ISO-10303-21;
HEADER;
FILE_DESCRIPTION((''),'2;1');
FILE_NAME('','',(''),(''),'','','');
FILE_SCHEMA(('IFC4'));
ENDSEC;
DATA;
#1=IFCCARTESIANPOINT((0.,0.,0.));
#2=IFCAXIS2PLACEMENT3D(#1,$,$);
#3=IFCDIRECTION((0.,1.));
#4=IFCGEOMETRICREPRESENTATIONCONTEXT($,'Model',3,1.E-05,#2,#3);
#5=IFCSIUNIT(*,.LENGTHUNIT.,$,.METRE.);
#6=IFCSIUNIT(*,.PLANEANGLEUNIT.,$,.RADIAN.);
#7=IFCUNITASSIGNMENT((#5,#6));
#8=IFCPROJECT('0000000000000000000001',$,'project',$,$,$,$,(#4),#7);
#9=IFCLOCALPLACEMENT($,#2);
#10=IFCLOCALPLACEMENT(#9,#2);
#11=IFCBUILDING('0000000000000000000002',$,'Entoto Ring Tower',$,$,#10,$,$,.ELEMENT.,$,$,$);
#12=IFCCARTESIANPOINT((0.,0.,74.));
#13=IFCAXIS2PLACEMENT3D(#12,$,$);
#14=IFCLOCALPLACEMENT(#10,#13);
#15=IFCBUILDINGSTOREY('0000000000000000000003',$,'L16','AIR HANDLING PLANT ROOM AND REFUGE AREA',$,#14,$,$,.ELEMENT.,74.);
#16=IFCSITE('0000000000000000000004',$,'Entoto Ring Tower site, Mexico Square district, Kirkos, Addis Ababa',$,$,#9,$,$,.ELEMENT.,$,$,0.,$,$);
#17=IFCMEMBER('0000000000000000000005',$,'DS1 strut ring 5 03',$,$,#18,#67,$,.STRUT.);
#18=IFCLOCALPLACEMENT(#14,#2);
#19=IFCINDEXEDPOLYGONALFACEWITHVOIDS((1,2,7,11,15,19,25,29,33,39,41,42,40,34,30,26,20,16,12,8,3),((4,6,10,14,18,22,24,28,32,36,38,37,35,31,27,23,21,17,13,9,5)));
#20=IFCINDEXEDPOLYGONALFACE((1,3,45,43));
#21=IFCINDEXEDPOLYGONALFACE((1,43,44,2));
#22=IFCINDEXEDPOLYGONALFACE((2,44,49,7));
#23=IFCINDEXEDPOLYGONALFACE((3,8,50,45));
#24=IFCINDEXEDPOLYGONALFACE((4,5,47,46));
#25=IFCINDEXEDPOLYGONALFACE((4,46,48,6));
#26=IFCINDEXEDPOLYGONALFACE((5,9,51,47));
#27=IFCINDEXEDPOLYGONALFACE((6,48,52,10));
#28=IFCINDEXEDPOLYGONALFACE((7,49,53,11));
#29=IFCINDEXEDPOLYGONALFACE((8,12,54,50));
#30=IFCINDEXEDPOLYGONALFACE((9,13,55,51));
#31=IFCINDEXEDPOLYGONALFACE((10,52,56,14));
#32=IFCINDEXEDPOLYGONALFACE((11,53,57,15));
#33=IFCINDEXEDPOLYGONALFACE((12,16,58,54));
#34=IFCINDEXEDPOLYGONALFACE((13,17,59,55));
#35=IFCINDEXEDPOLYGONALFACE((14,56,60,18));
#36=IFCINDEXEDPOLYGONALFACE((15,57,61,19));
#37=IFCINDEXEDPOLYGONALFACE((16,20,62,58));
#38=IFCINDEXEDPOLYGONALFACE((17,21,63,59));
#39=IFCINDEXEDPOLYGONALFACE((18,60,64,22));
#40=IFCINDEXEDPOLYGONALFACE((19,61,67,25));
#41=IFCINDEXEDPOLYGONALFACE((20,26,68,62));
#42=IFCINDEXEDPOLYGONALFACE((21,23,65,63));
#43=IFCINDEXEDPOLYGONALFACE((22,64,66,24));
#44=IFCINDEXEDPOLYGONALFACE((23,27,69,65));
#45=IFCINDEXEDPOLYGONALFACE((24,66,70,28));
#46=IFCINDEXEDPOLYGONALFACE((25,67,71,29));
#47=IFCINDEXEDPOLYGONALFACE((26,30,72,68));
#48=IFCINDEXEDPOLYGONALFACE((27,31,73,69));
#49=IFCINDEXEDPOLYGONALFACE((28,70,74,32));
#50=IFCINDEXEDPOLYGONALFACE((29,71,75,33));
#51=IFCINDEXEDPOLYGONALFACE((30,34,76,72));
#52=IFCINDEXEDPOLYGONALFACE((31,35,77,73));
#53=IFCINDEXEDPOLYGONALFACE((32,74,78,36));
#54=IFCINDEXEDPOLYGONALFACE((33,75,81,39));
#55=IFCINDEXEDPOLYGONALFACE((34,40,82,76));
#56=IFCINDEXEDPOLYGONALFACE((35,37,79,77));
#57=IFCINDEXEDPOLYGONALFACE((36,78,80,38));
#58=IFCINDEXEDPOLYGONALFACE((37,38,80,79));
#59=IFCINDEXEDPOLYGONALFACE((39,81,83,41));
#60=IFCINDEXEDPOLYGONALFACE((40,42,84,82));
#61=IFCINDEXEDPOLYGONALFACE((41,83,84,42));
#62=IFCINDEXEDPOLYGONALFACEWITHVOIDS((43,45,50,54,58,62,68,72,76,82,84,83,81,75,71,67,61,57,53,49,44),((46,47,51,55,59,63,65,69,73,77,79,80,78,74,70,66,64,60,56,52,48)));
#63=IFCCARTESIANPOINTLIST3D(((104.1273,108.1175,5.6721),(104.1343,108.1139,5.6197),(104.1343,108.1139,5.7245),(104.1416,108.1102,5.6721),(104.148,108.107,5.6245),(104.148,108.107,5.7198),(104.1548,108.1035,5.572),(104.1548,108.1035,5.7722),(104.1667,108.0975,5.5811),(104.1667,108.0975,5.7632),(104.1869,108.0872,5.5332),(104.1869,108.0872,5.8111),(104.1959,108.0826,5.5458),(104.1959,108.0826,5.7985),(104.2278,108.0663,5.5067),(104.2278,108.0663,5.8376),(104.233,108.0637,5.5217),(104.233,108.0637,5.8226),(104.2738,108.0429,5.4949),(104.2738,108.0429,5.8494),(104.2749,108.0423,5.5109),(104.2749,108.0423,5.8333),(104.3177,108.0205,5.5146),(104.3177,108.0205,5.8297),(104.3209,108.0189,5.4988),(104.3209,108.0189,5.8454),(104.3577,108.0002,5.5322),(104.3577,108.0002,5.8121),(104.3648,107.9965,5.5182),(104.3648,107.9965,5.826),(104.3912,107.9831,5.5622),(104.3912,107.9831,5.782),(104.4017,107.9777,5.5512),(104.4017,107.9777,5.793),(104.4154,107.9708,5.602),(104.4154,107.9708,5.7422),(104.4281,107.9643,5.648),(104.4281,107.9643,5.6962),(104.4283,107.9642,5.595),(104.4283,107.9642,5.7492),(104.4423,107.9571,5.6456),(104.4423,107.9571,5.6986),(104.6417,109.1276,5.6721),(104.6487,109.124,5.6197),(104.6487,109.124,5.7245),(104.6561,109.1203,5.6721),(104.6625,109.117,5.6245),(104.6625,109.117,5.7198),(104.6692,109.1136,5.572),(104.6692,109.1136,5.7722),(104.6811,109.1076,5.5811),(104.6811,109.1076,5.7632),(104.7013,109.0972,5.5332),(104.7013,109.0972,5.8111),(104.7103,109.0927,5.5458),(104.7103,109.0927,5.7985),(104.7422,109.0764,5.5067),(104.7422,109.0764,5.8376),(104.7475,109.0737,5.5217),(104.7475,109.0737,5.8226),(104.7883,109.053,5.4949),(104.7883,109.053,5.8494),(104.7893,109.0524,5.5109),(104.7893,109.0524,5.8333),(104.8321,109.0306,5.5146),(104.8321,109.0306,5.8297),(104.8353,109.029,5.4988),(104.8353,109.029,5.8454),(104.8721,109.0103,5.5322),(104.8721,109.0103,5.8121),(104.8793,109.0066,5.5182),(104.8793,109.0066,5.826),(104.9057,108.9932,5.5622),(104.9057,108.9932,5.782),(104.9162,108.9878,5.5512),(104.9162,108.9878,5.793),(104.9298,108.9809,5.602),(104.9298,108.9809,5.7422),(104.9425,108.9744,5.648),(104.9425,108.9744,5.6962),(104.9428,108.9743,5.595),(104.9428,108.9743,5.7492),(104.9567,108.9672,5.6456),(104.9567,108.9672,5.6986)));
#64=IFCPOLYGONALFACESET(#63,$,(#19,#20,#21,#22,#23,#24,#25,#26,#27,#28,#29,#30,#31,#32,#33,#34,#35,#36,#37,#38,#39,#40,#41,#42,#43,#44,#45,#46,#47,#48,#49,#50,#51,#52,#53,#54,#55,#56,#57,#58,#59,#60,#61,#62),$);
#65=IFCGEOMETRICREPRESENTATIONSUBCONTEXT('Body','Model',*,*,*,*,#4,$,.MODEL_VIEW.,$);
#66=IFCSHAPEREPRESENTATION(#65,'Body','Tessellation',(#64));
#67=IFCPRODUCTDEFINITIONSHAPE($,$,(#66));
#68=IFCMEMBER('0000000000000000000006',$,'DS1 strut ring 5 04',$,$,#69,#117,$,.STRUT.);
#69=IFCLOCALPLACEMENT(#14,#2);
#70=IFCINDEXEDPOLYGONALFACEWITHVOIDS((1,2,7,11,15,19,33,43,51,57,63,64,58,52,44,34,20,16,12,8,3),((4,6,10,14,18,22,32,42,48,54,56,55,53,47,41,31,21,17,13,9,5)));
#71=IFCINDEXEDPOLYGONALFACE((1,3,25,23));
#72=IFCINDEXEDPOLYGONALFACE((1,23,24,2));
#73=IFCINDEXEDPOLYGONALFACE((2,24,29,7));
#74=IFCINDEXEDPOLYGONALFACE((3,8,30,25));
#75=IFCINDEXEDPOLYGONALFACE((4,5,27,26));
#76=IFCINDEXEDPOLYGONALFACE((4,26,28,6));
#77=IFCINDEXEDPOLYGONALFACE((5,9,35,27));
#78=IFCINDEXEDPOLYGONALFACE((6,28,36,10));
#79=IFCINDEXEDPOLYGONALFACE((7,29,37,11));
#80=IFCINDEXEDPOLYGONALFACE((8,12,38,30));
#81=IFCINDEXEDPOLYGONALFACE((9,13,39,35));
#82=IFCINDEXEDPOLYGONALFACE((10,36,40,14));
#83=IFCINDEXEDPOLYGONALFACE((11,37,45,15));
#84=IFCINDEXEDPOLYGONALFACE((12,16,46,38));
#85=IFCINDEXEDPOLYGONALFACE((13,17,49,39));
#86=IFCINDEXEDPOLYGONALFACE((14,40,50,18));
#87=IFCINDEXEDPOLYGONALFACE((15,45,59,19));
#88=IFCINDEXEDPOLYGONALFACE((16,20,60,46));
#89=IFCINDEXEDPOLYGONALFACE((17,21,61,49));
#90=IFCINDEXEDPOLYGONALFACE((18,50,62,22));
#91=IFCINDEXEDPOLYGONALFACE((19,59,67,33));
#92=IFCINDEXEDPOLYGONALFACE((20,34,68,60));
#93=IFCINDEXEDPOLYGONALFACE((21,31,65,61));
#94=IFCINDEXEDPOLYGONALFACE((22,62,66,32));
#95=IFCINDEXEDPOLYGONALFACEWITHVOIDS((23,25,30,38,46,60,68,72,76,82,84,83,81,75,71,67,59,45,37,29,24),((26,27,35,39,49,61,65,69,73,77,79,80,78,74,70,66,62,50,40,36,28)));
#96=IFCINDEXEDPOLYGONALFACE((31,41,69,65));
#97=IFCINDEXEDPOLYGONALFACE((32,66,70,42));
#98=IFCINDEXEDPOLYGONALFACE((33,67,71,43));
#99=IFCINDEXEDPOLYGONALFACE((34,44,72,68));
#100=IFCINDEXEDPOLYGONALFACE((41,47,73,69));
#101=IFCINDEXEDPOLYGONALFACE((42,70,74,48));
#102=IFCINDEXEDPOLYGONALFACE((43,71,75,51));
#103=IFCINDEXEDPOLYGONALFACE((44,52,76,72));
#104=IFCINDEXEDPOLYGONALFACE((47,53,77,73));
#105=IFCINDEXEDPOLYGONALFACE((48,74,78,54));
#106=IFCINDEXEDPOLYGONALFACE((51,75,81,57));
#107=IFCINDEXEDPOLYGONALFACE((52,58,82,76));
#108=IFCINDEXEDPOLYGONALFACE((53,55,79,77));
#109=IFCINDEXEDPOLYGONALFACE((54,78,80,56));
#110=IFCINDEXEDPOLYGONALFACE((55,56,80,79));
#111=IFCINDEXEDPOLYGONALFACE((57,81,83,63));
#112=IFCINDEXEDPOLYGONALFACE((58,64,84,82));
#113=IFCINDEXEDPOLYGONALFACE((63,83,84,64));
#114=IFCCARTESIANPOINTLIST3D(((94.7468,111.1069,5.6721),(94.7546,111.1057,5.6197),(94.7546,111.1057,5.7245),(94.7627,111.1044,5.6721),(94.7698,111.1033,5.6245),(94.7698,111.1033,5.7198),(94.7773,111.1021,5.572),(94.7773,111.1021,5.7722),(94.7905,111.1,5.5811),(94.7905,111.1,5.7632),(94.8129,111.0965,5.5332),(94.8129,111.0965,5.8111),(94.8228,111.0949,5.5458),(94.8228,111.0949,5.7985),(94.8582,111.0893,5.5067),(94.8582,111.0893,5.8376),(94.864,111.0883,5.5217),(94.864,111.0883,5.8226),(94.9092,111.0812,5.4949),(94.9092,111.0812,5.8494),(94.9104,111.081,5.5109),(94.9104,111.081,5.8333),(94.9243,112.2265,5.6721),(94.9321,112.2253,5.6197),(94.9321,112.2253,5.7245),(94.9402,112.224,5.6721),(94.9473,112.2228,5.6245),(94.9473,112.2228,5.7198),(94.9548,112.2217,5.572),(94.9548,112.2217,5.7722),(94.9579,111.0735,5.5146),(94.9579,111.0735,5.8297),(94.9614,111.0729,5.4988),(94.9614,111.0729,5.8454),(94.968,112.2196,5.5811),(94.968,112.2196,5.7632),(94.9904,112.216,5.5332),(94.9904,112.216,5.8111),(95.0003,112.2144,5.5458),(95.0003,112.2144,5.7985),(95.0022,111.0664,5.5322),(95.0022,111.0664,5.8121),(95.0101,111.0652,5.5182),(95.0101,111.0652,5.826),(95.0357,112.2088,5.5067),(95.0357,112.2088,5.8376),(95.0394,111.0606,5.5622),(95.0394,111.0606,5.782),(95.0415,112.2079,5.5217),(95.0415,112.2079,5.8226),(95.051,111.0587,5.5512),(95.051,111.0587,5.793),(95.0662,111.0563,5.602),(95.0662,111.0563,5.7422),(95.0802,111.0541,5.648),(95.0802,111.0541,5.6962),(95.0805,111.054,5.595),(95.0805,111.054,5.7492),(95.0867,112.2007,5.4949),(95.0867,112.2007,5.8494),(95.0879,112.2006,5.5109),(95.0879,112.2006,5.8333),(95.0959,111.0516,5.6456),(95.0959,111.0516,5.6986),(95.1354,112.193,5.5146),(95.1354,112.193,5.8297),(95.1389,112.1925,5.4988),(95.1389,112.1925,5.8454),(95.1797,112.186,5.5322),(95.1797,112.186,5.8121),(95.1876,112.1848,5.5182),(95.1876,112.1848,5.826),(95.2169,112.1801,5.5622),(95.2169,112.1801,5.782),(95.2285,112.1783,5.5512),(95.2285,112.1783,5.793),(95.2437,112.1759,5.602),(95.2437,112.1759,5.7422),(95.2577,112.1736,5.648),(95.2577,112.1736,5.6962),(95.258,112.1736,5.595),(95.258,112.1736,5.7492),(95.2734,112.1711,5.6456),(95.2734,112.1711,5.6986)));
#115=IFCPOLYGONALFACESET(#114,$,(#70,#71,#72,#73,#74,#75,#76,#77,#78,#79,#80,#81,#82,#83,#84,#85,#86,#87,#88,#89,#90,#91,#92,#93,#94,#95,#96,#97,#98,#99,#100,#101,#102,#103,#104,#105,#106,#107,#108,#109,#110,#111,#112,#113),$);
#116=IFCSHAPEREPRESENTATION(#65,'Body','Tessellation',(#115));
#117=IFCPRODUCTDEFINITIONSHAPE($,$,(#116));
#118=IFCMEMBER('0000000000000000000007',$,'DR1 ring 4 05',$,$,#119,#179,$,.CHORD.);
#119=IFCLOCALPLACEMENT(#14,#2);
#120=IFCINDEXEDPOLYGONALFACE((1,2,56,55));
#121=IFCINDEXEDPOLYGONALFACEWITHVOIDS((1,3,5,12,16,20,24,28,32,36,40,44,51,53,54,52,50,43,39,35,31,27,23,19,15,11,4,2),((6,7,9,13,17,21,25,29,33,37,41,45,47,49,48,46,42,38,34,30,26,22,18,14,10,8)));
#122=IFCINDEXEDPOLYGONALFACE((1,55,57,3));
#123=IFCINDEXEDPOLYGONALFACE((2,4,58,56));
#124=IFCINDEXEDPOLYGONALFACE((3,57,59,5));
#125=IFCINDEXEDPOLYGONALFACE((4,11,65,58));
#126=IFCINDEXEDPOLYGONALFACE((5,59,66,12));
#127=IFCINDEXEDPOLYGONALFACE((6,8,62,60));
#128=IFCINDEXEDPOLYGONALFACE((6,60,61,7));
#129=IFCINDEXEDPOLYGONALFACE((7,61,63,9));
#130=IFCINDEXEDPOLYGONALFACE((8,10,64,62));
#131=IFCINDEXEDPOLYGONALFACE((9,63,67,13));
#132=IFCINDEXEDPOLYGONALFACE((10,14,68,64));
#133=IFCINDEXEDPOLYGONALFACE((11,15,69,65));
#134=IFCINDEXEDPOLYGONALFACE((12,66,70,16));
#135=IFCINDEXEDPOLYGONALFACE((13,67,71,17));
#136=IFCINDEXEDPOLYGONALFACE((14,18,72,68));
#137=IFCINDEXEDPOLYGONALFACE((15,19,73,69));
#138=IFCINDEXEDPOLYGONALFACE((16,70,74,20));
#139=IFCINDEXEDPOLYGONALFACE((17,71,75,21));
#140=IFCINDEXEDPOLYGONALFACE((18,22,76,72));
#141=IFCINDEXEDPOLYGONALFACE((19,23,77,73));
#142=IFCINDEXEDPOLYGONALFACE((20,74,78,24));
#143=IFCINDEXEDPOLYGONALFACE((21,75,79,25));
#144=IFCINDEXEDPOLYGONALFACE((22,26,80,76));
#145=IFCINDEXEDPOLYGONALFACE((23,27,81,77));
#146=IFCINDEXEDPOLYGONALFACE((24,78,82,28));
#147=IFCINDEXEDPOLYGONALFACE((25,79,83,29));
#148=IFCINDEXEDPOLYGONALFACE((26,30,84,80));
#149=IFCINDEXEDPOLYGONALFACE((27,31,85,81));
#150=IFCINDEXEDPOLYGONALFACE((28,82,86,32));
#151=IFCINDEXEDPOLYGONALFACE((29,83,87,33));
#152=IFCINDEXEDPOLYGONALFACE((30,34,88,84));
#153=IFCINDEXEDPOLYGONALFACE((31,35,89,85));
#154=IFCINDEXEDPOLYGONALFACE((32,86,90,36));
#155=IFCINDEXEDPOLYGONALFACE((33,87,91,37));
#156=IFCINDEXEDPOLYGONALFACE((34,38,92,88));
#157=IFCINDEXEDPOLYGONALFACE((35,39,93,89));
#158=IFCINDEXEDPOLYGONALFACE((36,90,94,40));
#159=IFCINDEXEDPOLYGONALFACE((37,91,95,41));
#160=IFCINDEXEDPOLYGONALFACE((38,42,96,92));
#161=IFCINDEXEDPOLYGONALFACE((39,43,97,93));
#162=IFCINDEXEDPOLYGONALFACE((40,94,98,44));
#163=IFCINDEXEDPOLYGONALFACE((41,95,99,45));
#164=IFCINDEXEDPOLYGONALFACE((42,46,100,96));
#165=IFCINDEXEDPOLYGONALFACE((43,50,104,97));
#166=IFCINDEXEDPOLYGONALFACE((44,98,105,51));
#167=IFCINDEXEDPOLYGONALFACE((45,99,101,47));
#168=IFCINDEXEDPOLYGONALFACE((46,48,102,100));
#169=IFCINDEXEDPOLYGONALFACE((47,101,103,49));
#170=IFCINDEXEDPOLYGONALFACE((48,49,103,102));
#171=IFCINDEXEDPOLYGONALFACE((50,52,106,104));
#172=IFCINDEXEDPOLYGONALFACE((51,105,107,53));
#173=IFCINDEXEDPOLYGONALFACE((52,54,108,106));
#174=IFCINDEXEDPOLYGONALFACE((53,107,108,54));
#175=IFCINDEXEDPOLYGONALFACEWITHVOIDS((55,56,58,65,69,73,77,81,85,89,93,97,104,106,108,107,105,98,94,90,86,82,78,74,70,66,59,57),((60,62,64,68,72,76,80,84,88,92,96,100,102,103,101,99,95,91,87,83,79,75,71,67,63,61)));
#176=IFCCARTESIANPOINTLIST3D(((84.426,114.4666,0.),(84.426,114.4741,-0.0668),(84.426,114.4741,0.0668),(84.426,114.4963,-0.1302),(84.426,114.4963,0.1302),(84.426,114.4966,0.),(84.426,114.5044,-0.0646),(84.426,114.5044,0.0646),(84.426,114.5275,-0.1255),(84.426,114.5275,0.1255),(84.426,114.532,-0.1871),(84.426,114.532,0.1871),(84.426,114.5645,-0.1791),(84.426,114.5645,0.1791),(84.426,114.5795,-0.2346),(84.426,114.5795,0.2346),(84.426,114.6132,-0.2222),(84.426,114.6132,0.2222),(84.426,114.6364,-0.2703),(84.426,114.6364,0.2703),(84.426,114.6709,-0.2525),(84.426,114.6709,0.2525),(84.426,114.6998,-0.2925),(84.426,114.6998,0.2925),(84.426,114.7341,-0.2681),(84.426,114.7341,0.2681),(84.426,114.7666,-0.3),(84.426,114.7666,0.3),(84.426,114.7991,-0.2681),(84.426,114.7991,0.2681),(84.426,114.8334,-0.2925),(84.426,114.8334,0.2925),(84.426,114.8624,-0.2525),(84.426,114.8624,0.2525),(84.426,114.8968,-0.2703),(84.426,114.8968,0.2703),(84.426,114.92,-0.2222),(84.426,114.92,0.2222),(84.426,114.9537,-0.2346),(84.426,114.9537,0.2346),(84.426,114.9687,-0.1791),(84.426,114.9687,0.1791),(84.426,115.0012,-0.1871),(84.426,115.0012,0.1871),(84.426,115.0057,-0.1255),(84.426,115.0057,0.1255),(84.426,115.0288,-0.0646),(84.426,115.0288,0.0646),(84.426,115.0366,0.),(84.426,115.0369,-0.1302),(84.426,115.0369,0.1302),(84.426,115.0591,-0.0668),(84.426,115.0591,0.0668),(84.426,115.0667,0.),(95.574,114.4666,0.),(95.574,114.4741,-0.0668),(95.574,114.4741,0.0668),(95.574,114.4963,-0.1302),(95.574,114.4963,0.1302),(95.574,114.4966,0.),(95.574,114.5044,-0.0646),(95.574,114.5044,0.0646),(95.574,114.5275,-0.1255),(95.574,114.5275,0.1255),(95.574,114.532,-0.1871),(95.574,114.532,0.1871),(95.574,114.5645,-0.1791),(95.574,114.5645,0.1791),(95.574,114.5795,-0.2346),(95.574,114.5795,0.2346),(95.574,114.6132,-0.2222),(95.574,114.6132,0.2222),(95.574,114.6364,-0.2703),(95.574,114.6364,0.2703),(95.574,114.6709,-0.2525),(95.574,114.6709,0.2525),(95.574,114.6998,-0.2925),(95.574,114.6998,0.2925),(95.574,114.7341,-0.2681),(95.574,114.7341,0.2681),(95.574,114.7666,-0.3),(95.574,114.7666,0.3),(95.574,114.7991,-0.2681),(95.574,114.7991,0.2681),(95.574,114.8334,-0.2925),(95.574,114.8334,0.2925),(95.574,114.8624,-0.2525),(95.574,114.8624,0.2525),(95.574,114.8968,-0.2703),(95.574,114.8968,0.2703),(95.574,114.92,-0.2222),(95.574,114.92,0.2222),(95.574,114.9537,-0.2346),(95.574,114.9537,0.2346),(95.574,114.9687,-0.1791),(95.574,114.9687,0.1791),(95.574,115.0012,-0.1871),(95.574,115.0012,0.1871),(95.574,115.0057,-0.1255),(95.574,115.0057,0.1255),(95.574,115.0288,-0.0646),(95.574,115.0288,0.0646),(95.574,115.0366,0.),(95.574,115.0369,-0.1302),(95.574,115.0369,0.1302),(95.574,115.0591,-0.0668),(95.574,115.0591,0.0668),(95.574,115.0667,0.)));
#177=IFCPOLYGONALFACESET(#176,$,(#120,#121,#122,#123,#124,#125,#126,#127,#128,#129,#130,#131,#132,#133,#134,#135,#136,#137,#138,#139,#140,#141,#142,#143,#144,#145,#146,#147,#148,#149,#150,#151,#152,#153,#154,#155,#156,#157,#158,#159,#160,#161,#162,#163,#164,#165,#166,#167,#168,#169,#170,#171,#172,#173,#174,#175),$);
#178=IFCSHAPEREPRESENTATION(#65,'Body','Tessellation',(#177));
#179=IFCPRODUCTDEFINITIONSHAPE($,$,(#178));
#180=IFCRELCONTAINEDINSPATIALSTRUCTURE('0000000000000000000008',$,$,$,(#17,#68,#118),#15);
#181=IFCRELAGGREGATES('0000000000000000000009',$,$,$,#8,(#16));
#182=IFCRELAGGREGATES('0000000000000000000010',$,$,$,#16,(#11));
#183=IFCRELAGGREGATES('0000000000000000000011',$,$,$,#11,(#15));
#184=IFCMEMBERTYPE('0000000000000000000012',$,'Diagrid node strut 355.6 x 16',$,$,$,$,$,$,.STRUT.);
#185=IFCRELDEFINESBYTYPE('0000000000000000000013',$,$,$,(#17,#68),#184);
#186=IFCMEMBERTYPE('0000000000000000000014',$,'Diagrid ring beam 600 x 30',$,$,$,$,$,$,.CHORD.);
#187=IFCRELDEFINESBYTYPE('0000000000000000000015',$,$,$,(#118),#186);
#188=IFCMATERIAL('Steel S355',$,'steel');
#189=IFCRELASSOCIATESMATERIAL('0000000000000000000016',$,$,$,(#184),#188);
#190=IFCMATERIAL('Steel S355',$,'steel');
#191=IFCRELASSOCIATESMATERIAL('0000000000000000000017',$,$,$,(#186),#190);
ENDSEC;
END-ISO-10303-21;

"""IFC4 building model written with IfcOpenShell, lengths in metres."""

from ifc_helpers import new_model, si_unit, direction, frame, origin, origin_2d, place, context, subcontext, project, spatial, circle, hollow_circle, extrude, material, material_profile, profile_set, type_object, element, save


model = new_model("IFC4")

# Units and contexts
model_context = context("Model", 3, precision=1e-05, world=origin(), true_north=direction((0.0, 1.0)))
body_context = subcontext(model_context, "Body", "Model", "MODEL_VIEW")
ifc_project = project(units=[si_unit("LENGTHUNIT", "METRE"), si_unit("PLANEANGLEUNIT", "RADIAN")], contexts=[model_context])

# Site, building, storey
site_placement = place(None, origin())
site = spatial("IfcSite", under=ifc_project, at=site_placement, Name="Entoto Ring Tower site, Mexico Square district, Kirkos, Addis Ababa", CompositionType="ELEMENT", RefElevation=0.0)
building_placement = place(site_placement, origin())
building = spatial("IfcBuilding", under=site, at=building_placement, Name="Entoto Ring Tower", CompositionType="ELEMENT")
storey_placement = place(building_placement, frame((0.0, 0.0, 74.0)))
storey = spatial("IfcBuildingStorey", under=building, at=storey_placement, Name="L16", Description="AIR HANDLING PLANT ROOM AND REFUGE AREA", CompositionType="ELEMENT", Elevation=74.0)

# Members
ifc_material_1 = material(Name="Steel S355", Category="steel")
ifc_material_profile_1 = material_profile(ifc_material_1, hollow_circle(Radius=0.1777, WallThickness=0.0161, at=origin_2d()), Name="CHS 355.6 x 16")
ifc_material_2 = material(Name="Concrete C60/75", Category="concrete")
ifc_material_profile_2 = material_profile(ifc_material_2, circle(Radius=0.1619, at=origin_2d()), Name="Concrete C60/75 infill")
ifc_profile_set_1 = profile_set([ifc_material_profile_1, ifc_material_profile_2], Name="Steel S355")
member_type_1 = type_object("IfcMemberType", Name="Diagrid node strut 355.6 x 16", PredefinedType="STRUT", material=ifc_profile_set_1)
for number, where, z_axis, x_axis, name in (
    (1, (104.2856, 108.0369, 5.6721), (0.453835, 0.891086, 0.0), (-0.891086, 0.453835, 0.0), "DS1 strut ring 5 03"),
    (2, (94.9224, 111.0791, 5.6721), (0.156571, 0.987667, 0.0), (-0.987667, 0.156571, 0.0), "DS1 strut ring 5 04"),
):
    element("IfcMember", number, at=place(storey_placement, frame(where, z_axis=z_axis, x_axis=x_axis)), inside=storey, type_object=member_type_1, Name=name, PredefinedType="STRUT", context=body_context, shape_type="SweptSolid", body=[
        extrude(hollow_circle(Radius=0.1777, WallThickness=0.0161, at=origin_2d()), origin(), (0.0, 0.0, 1.0), 1.1335),
    ])
ifc_material_3 = material(Name="Steel S355", Category="steel")
ifc_material_profile_3 = material_profile(ifc_material_3, hollow_circle(Radius=0.3, WallThickness=0.03, at=origin_2d()), Name="CHS 600 x 30")
ifc_material_4 = material(Name="Concrete C60/75", Category="concrete")
ifc_material_profile_4 = material_profile(ifc_material_4, circle(Radius=0.27, at=origin_2d()), Name="Concrete C60/75 infill")
ifc_profile_set_2 = profile_set([ifc_material_profile_3, ifc_material_profile_4], Name="Steel S355")
member_type_2 = type_object("IfcMemberType", Name="Diagrid ring beam 600 x 30", PredefinedType="CHORD", material=ifc_profile_set_2)
member_1_placement = place(storey_placement, frame((95.574, 114.7666, 0.0), z_axis=(-1.0, 0.0, 0.0), x_axis=(0.0, -1.0, 0.0)))
element("IfcMember", 3, at=member_1_placement, inside=storey, type_object=member_type_2, Name="DR1 ring 4 05", PredefinedType="CHORD", context=body_context, shape_type="SweptSolid", body=[
    extrude(hollow_circle(Radius=0.3, WallThickness=0.03, at=origin_2d()), origin(), (0.0, 0.0, 1.0), 11.1479),
])

save(model, "model.ifc")
